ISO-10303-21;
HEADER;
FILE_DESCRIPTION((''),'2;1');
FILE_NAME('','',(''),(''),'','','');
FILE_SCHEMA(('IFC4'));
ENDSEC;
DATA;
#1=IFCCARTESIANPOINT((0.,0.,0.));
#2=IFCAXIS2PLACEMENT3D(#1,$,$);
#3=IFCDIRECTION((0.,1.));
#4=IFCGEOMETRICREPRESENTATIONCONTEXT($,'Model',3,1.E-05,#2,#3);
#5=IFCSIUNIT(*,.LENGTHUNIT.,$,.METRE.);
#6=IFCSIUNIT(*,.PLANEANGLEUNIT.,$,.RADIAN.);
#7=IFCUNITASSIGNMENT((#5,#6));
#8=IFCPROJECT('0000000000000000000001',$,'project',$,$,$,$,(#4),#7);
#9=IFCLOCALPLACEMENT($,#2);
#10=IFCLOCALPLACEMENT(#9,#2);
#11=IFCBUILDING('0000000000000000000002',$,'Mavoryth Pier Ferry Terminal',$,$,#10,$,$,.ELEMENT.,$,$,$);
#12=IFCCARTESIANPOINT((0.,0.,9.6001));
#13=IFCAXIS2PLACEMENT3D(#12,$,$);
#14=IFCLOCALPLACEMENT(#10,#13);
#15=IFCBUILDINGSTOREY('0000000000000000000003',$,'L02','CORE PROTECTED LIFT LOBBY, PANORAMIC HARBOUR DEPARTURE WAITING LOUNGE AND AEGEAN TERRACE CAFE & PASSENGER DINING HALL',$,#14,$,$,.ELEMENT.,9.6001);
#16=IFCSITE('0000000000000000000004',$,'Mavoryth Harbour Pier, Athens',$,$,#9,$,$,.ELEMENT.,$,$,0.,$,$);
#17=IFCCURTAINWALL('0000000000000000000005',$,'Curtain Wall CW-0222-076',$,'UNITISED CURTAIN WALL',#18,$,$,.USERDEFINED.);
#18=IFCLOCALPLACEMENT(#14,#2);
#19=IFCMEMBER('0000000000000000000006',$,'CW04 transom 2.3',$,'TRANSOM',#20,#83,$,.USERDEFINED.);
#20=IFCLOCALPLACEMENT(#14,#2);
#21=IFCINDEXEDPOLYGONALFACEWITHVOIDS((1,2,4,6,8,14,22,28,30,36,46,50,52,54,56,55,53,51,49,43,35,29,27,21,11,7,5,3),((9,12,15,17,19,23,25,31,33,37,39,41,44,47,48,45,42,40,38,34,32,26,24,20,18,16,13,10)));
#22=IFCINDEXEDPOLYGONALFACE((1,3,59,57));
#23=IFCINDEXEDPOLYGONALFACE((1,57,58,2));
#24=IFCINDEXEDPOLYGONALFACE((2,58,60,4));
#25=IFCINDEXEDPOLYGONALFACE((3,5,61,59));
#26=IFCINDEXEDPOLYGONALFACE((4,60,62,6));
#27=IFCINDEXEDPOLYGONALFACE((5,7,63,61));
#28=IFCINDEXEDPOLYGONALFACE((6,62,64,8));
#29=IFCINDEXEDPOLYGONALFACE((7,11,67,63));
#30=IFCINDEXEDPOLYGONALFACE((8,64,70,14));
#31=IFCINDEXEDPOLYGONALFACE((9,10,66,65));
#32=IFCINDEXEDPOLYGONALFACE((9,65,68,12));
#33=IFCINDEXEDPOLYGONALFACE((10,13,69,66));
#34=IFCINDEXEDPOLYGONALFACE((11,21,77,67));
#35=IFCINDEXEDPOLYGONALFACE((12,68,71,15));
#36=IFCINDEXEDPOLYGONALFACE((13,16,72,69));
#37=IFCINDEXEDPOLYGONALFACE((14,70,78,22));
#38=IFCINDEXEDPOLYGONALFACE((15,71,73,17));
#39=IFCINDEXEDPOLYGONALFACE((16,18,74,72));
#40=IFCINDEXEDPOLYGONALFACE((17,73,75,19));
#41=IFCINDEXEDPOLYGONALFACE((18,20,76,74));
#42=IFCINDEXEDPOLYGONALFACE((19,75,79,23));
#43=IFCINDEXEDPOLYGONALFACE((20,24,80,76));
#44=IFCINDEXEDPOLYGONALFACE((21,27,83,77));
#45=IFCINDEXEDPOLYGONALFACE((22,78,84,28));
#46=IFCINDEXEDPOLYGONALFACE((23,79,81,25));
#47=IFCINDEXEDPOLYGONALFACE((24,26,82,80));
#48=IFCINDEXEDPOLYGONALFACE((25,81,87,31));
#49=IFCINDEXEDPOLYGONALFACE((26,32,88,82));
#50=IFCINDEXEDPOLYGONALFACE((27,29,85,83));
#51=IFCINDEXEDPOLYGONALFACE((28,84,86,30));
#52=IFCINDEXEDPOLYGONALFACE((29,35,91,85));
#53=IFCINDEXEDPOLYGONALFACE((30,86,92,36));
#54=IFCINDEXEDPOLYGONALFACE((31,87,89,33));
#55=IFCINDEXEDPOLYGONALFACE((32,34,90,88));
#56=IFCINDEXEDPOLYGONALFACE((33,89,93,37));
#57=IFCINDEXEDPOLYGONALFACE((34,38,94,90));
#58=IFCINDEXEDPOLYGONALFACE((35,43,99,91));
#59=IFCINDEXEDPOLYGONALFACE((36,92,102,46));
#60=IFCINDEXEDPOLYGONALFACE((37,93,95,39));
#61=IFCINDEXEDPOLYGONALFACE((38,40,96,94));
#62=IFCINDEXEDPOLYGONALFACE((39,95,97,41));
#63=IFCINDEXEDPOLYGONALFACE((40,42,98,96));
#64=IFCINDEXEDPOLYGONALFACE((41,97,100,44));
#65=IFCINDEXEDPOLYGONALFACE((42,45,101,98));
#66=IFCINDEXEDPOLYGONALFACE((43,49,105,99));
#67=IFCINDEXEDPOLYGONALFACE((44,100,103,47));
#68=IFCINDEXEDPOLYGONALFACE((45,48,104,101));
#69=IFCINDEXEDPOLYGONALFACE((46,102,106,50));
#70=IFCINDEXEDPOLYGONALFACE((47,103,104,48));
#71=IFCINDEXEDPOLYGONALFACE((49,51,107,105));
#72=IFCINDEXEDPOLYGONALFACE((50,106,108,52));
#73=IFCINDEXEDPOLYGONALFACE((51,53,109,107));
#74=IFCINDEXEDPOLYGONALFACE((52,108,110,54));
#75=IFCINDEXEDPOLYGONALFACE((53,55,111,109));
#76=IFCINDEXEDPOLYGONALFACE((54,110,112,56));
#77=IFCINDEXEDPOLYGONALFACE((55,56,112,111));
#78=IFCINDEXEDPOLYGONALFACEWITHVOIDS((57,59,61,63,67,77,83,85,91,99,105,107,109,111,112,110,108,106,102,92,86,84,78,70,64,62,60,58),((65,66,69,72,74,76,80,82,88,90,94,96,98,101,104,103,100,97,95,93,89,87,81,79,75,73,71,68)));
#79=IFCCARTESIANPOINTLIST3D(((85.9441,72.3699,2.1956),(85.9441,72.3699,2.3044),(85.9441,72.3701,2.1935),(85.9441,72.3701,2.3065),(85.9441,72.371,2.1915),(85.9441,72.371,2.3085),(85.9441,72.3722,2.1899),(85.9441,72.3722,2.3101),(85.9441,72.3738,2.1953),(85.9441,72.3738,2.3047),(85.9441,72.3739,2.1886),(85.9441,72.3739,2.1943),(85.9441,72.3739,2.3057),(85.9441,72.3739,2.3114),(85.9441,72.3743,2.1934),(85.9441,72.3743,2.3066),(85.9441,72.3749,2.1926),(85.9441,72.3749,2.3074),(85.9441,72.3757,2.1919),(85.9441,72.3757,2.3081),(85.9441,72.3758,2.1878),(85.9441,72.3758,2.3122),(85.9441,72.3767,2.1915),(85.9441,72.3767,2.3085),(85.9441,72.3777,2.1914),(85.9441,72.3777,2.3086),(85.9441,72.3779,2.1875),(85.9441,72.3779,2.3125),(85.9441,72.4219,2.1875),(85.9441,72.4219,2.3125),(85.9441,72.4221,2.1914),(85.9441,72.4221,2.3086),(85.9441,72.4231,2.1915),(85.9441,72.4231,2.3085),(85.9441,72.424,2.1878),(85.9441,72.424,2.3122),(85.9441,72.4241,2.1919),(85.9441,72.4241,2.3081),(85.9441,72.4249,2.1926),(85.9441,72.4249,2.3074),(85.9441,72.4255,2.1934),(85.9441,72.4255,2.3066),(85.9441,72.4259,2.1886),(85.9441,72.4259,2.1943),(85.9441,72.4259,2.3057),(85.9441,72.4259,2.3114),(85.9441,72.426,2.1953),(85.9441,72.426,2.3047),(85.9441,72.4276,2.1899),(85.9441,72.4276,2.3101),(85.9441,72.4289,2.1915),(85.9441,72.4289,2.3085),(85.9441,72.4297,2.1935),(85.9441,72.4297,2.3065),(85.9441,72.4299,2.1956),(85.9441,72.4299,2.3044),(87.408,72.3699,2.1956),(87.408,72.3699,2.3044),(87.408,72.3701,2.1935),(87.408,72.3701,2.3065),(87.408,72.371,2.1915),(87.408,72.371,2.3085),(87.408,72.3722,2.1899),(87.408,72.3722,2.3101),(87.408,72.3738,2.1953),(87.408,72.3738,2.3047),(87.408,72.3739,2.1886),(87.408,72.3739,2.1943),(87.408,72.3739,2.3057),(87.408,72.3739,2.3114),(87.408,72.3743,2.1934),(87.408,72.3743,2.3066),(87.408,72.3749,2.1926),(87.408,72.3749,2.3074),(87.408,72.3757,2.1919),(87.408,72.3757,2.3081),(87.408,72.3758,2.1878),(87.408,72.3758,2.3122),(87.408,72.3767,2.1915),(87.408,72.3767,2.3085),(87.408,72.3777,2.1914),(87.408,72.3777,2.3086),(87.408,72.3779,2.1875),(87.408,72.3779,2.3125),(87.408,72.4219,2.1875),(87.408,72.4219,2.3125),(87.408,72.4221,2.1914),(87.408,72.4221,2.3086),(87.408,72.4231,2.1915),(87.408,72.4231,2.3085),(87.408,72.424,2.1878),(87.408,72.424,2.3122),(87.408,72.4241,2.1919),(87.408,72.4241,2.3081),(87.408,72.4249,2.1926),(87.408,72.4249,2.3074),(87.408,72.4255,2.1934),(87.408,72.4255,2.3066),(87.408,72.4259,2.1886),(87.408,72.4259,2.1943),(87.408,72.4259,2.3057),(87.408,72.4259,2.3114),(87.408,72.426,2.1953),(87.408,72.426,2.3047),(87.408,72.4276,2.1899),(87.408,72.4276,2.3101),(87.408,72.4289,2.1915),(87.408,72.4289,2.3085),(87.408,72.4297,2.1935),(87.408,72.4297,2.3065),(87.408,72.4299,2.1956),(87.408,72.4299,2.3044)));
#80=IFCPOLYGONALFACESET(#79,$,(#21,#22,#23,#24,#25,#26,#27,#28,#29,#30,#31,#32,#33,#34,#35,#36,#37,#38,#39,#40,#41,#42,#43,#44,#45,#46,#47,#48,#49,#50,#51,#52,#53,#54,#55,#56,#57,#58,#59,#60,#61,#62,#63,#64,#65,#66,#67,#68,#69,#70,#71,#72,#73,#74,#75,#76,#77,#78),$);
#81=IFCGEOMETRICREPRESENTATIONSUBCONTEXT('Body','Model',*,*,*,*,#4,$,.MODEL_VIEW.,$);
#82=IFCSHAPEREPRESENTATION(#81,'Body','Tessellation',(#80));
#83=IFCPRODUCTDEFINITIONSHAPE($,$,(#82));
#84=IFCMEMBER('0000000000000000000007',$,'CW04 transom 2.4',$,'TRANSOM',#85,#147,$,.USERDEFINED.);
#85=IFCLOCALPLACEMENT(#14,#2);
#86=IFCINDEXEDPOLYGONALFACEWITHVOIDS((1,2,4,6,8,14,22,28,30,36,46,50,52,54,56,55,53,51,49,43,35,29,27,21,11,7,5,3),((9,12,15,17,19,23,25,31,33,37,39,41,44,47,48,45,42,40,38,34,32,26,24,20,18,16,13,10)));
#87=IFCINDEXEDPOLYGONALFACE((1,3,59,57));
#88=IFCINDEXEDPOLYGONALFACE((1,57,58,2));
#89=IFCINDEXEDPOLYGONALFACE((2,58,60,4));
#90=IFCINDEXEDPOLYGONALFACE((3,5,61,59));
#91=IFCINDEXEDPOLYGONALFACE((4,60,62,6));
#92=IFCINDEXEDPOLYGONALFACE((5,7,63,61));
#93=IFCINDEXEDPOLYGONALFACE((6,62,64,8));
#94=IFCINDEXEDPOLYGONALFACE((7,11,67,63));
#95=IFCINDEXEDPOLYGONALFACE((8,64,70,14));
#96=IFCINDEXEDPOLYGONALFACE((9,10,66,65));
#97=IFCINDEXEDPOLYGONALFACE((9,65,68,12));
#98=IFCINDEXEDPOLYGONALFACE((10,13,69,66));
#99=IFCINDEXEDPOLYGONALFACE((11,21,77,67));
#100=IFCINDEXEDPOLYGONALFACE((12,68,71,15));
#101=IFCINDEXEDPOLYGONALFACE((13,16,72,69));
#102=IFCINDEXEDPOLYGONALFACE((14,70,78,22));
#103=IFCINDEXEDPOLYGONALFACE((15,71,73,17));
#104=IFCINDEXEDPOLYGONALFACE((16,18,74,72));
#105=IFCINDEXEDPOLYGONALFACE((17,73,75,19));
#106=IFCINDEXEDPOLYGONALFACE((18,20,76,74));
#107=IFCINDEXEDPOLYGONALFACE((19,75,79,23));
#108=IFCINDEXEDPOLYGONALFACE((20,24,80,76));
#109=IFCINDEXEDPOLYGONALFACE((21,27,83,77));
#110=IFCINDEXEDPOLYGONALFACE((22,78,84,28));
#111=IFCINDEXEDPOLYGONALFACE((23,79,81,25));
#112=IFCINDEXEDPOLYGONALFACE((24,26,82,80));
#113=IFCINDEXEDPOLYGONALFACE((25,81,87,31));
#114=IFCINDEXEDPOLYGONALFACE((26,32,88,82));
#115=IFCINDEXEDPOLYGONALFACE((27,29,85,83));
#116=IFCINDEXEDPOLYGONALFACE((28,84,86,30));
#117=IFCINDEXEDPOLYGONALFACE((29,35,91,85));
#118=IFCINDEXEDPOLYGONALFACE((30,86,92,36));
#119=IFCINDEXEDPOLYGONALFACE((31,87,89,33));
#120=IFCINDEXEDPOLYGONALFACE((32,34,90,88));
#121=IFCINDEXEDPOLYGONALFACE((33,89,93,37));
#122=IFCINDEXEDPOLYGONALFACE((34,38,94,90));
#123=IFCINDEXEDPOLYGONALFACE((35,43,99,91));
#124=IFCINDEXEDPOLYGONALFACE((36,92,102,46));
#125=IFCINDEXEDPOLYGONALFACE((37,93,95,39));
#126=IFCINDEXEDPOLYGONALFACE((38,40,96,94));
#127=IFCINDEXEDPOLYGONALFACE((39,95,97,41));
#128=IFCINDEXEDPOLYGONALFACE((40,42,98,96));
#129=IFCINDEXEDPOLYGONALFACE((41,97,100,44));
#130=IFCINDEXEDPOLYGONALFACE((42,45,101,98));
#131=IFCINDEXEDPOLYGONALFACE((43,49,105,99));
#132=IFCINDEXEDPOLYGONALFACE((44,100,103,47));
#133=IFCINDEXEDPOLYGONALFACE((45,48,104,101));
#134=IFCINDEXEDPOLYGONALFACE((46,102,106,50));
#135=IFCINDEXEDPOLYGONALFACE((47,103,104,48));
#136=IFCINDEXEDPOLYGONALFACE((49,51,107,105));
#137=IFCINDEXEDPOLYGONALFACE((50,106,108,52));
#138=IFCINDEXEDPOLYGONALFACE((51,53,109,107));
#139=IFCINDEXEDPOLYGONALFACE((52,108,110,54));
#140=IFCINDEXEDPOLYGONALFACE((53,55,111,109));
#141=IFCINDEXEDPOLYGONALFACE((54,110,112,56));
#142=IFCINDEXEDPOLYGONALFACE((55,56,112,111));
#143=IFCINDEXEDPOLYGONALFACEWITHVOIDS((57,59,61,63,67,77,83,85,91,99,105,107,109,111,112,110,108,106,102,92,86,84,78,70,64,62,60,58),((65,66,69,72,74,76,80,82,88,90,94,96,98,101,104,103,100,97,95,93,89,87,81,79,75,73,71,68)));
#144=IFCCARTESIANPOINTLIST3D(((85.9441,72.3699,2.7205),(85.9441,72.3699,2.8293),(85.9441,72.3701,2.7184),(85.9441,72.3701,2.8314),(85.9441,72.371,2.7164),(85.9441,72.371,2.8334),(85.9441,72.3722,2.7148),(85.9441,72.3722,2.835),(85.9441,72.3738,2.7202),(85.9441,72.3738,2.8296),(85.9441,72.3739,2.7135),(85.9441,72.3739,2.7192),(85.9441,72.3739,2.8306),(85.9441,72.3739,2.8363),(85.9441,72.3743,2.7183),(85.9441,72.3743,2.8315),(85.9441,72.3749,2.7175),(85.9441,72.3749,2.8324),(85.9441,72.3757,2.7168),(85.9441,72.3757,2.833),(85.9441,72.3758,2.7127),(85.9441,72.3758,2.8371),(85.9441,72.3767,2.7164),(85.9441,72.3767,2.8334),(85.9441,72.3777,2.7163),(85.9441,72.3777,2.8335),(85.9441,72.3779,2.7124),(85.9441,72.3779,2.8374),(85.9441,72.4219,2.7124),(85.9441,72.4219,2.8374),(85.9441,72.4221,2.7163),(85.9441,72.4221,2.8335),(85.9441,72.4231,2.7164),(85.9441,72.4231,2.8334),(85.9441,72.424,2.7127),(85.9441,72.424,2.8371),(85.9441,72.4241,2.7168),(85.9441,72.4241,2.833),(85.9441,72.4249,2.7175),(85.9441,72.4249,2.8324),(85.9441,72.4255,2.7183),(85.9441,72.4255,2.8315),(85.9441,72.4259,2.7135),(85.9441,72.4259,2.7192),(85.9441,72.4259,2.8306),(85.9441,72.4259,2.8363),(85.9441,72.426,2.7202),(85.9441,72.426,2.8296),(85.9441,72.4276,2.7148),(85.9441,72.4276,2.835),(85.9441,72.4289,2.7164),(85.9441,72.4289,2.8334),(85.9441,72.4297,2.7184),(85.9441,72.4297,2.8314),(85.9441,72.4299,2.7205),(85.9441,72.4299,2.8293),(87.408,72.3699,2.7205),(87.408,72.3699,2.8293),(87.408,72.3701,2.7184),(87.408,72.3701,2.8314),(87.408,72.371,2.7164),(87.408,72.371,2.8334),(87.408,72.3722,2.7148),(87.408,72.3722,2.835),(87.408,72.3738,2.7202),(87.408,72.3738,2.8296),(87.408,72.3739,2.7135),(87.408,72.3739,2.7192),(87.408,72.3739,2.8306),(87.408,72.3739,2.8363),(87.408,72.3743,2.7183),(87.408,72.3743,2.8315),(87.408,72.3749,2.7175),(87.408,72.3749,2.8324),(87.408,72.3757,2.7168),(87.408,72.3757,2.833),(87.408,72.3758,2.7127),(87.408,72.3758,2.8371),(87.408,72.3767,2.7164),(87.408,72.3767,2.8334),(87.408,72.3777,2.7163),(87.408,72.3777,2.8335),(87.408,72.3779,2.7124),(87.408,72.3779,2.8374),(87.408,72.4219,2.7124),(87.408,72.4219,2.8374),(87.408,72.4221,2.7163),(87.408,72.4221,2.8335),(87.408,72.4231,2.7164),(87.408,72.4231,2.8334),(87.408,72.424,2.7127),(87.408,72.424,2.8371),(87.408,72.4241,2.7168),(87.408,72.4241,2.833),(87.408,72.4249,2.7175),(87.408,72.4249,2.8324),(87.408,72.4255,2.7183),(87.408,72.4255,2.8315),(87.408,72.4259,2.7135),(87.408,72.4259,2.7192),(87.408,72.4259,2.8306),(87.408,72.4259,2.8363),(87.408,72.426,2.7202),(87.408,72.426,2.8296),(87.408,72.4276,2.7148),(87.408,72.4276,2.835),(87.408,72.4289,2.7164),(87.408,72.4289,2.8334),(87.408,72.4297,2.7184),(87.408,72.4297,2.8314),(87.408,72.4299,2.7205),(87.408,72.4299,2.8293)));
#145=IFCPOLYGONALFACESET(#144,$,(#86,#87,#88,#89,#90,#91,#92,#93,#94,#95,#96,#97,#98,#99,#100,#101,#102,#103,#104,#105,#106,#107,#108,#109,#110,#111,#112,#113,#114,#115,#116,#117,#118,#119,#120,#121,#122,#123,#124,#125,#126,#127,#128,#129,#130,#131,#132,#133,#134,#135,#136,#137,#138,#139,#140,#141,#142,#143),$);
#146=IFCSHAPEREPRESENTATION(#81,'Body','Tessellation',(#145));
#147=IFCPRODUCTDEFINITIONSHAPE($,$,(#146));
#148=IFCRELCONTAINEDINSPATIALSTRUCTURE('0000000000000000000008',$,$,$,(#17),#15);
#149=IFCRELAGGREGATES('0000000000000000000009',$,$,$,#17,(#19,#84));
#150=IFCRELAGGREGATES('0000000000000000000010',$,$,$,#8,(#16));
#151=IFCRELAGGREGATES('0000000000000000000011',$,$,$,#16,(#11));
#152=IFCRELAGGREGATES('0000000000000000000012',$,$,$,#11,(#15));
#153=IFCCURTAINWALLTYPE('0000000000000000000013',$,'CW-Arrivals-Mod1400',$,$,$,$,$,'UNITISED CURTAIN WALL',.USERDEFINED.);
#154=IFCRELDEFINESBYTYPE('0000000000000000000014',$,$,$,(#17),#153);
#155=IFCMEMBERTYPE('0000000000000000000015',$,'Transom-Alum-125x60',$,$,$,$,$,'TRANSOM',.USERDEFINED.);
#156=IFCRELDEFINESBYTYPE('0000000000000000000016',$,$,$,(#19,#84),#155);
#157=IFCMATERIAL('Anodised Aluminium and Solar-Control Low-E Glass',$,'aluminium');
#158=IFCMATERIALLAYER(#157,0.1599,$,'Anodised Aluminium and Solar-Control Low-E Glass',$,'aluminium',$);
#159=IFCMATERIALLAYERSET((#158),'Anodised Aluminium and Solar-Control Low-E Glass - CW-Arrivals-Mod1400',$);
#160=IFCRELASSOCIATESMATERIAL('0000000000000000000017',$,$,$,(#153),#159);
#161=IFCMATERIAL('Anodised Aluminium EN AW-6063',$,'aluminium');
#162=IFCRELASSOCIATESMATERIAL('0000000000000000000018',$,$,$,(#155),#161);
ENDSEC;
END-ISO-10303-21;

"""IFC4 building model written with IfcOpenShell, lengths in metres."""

from ifc_helpers import new_model, si_unit, direction, frame, origin, origin_2d, place, context, subcontext, project, spatial, hollow_rectangle, extrude, material, layer, layer_set, material_profile, profile_set, type_object, element, aggregate, save


model = new_model("IFC4")

# Units and contexts
model_context = context("Model", 3, precision=1e-05, world=origin(), true_north=direction((0.0, 1.0)))
body_context = subcontext(model_context, "Body", "Model", "MODEL_VIEW")
ifc_project = project(units=[si_unit("LENGTHUNIT", "METRE"), si_unit("PLANEANGLEUNIT", "RADIAN")], contexts=[model_context])

# Site, building, storey
site_placement = place(None, origin())
site = spatial("IfcSite", under=ifc_project, at=site_placement, Name="Mavoryth Harbour Pier, Athens", CompositionType="ELEMENT", RefElevation=0.0)
building_placement = place(site_placement, origin())
building = spatial("IfcBuilding", under=site, at=building_placement, Name="Mavoryth Pier Ferry Terminal", CompositionType="ELEMENT")
storey_placement = place(building_placement, frame((0.0, 0.0, 9.6001)))
storey = spatial("IfcBuildingStorey", under=building, at=storey_placement, Name="L02", Description="CORE PROTECTED LIFT LOBBY, PANORAMIC HARBOUR DEPARTURE WAITING LOUNGE AND AEGEAN TERRACE CAFE & PASSENGER DINING HALL", CompositionType="ELEMENT", Elevation=9.6001)

# Curtain wall
ifc_material_1 = material(Name="Anodised Aluminium and Solar-Control Low-E Glass", Category="aluminium")
ifc_layer_1 = layer(ifc_material_1, 0.1599, Name="Anodised Aluminium and Solar-Control Low-E Glass", Category="aluminium")
ifc_layer_set_1 = layer_set([ifc_layer_1], Name="Anodised Aluminium and Solar-Control Low-E Glass - CW-Arrivals-Mod1400")
curtain_wall_type = type_object("IfcCurtainWallType", Name="CW-Arrivals-Mod1400", ElementType="UNITISED CURTAIN WALL", PredefinedType="USERDEFINED", material=ifc_layer_set_1)
curtain_wall_placement = place(storey_placement, origin())
curtain_wall = element("IfcCurtainWall", 1, at=curtain_wall_placement, inside=storey, type_object=curtain_wall_type, Name="Curtain Wall CW-0222-076", ObjectType="UNITISED CURTAIN WALL", PredefinedType="USERDEFINED")
ifc_material_2 = material(Name="Anodised Aluminium EN AW-6063", Category="aluminium")

# Members
ifc_material_profile_1 = material_profile(ifc_material_2, hollow_rectangle(XDim=0.0601, YDim=0.125, WallThickness=0.0039, InnerFilletRadius=0.0039, OuterFilletRadius=0.0081, at=origin_2d()), Name="AL-TRAN 125x60x4", Category="aluminium")
ifc_profile_set_1 = profile_set([ifc_material_profile_1], Name="Anodised Aluminium EN AW-6063 - AL-TRAN 125x60x4")
member_type_1 = type_object("IfcMemberType", Name="Transom-Alum-125x60", ElementType="TRANSOM", PredefinedType="USERDEFINED", material=ifc_profile_set_1)
member_1_placement = place(storey_placement, frame((85.9441, 72.3999, 2.25), z_axis=(1.0, 0.0, 0.0), x_axis=(0.0, 1.0, 0.0)))
member_1 = element("IfcMember", 2, at=member_1_placement, type_object=member_type_1, Name="CW04 transom 2.3", ObjectType="TRANSOM", PredefinedType="USERDEFINED", context=body_context, shape_type="SweptSolid", body=[
    extrude(hollow_rectangle(XDim=0.0601, YDim=0.125, WallThickness=0.0039, InnerFilletRadius=0.0039, OuterFilletRadius=0.0081, at=origin_2d()), origin(), (0.0, 0.0, 1.0), 1.4639),
])
member_2_placement = place(storey_placement, frame((85.9441, 72.3999, 2.7749), z_axis=(1.0, 0.0, 0.0), x_axis=(0.0, 1.0, 0.0)))
member_2 = element("IfcMember", 3, at=member_2_placement, type_object=member_type_1, Name="CW04 transom 2.4", ObjectType="TRANSOM", PredefinedType="USERDEFINED", context=body_context, shape_type="SweptSolid", body=[
    extrude(hollow_rectangle(XDim=0.0601, YDim=0.125, WallThickness=0.0039, InnerFilletRadius=0.0039, OuterFilletRadius=0.0081, at=origin_2d()), origin(), (0.0, 0.0, 1.0), 1.4639),
])

aggregate(curtain_wall, [member_1, member_2])

save(model, "model.ifc")
